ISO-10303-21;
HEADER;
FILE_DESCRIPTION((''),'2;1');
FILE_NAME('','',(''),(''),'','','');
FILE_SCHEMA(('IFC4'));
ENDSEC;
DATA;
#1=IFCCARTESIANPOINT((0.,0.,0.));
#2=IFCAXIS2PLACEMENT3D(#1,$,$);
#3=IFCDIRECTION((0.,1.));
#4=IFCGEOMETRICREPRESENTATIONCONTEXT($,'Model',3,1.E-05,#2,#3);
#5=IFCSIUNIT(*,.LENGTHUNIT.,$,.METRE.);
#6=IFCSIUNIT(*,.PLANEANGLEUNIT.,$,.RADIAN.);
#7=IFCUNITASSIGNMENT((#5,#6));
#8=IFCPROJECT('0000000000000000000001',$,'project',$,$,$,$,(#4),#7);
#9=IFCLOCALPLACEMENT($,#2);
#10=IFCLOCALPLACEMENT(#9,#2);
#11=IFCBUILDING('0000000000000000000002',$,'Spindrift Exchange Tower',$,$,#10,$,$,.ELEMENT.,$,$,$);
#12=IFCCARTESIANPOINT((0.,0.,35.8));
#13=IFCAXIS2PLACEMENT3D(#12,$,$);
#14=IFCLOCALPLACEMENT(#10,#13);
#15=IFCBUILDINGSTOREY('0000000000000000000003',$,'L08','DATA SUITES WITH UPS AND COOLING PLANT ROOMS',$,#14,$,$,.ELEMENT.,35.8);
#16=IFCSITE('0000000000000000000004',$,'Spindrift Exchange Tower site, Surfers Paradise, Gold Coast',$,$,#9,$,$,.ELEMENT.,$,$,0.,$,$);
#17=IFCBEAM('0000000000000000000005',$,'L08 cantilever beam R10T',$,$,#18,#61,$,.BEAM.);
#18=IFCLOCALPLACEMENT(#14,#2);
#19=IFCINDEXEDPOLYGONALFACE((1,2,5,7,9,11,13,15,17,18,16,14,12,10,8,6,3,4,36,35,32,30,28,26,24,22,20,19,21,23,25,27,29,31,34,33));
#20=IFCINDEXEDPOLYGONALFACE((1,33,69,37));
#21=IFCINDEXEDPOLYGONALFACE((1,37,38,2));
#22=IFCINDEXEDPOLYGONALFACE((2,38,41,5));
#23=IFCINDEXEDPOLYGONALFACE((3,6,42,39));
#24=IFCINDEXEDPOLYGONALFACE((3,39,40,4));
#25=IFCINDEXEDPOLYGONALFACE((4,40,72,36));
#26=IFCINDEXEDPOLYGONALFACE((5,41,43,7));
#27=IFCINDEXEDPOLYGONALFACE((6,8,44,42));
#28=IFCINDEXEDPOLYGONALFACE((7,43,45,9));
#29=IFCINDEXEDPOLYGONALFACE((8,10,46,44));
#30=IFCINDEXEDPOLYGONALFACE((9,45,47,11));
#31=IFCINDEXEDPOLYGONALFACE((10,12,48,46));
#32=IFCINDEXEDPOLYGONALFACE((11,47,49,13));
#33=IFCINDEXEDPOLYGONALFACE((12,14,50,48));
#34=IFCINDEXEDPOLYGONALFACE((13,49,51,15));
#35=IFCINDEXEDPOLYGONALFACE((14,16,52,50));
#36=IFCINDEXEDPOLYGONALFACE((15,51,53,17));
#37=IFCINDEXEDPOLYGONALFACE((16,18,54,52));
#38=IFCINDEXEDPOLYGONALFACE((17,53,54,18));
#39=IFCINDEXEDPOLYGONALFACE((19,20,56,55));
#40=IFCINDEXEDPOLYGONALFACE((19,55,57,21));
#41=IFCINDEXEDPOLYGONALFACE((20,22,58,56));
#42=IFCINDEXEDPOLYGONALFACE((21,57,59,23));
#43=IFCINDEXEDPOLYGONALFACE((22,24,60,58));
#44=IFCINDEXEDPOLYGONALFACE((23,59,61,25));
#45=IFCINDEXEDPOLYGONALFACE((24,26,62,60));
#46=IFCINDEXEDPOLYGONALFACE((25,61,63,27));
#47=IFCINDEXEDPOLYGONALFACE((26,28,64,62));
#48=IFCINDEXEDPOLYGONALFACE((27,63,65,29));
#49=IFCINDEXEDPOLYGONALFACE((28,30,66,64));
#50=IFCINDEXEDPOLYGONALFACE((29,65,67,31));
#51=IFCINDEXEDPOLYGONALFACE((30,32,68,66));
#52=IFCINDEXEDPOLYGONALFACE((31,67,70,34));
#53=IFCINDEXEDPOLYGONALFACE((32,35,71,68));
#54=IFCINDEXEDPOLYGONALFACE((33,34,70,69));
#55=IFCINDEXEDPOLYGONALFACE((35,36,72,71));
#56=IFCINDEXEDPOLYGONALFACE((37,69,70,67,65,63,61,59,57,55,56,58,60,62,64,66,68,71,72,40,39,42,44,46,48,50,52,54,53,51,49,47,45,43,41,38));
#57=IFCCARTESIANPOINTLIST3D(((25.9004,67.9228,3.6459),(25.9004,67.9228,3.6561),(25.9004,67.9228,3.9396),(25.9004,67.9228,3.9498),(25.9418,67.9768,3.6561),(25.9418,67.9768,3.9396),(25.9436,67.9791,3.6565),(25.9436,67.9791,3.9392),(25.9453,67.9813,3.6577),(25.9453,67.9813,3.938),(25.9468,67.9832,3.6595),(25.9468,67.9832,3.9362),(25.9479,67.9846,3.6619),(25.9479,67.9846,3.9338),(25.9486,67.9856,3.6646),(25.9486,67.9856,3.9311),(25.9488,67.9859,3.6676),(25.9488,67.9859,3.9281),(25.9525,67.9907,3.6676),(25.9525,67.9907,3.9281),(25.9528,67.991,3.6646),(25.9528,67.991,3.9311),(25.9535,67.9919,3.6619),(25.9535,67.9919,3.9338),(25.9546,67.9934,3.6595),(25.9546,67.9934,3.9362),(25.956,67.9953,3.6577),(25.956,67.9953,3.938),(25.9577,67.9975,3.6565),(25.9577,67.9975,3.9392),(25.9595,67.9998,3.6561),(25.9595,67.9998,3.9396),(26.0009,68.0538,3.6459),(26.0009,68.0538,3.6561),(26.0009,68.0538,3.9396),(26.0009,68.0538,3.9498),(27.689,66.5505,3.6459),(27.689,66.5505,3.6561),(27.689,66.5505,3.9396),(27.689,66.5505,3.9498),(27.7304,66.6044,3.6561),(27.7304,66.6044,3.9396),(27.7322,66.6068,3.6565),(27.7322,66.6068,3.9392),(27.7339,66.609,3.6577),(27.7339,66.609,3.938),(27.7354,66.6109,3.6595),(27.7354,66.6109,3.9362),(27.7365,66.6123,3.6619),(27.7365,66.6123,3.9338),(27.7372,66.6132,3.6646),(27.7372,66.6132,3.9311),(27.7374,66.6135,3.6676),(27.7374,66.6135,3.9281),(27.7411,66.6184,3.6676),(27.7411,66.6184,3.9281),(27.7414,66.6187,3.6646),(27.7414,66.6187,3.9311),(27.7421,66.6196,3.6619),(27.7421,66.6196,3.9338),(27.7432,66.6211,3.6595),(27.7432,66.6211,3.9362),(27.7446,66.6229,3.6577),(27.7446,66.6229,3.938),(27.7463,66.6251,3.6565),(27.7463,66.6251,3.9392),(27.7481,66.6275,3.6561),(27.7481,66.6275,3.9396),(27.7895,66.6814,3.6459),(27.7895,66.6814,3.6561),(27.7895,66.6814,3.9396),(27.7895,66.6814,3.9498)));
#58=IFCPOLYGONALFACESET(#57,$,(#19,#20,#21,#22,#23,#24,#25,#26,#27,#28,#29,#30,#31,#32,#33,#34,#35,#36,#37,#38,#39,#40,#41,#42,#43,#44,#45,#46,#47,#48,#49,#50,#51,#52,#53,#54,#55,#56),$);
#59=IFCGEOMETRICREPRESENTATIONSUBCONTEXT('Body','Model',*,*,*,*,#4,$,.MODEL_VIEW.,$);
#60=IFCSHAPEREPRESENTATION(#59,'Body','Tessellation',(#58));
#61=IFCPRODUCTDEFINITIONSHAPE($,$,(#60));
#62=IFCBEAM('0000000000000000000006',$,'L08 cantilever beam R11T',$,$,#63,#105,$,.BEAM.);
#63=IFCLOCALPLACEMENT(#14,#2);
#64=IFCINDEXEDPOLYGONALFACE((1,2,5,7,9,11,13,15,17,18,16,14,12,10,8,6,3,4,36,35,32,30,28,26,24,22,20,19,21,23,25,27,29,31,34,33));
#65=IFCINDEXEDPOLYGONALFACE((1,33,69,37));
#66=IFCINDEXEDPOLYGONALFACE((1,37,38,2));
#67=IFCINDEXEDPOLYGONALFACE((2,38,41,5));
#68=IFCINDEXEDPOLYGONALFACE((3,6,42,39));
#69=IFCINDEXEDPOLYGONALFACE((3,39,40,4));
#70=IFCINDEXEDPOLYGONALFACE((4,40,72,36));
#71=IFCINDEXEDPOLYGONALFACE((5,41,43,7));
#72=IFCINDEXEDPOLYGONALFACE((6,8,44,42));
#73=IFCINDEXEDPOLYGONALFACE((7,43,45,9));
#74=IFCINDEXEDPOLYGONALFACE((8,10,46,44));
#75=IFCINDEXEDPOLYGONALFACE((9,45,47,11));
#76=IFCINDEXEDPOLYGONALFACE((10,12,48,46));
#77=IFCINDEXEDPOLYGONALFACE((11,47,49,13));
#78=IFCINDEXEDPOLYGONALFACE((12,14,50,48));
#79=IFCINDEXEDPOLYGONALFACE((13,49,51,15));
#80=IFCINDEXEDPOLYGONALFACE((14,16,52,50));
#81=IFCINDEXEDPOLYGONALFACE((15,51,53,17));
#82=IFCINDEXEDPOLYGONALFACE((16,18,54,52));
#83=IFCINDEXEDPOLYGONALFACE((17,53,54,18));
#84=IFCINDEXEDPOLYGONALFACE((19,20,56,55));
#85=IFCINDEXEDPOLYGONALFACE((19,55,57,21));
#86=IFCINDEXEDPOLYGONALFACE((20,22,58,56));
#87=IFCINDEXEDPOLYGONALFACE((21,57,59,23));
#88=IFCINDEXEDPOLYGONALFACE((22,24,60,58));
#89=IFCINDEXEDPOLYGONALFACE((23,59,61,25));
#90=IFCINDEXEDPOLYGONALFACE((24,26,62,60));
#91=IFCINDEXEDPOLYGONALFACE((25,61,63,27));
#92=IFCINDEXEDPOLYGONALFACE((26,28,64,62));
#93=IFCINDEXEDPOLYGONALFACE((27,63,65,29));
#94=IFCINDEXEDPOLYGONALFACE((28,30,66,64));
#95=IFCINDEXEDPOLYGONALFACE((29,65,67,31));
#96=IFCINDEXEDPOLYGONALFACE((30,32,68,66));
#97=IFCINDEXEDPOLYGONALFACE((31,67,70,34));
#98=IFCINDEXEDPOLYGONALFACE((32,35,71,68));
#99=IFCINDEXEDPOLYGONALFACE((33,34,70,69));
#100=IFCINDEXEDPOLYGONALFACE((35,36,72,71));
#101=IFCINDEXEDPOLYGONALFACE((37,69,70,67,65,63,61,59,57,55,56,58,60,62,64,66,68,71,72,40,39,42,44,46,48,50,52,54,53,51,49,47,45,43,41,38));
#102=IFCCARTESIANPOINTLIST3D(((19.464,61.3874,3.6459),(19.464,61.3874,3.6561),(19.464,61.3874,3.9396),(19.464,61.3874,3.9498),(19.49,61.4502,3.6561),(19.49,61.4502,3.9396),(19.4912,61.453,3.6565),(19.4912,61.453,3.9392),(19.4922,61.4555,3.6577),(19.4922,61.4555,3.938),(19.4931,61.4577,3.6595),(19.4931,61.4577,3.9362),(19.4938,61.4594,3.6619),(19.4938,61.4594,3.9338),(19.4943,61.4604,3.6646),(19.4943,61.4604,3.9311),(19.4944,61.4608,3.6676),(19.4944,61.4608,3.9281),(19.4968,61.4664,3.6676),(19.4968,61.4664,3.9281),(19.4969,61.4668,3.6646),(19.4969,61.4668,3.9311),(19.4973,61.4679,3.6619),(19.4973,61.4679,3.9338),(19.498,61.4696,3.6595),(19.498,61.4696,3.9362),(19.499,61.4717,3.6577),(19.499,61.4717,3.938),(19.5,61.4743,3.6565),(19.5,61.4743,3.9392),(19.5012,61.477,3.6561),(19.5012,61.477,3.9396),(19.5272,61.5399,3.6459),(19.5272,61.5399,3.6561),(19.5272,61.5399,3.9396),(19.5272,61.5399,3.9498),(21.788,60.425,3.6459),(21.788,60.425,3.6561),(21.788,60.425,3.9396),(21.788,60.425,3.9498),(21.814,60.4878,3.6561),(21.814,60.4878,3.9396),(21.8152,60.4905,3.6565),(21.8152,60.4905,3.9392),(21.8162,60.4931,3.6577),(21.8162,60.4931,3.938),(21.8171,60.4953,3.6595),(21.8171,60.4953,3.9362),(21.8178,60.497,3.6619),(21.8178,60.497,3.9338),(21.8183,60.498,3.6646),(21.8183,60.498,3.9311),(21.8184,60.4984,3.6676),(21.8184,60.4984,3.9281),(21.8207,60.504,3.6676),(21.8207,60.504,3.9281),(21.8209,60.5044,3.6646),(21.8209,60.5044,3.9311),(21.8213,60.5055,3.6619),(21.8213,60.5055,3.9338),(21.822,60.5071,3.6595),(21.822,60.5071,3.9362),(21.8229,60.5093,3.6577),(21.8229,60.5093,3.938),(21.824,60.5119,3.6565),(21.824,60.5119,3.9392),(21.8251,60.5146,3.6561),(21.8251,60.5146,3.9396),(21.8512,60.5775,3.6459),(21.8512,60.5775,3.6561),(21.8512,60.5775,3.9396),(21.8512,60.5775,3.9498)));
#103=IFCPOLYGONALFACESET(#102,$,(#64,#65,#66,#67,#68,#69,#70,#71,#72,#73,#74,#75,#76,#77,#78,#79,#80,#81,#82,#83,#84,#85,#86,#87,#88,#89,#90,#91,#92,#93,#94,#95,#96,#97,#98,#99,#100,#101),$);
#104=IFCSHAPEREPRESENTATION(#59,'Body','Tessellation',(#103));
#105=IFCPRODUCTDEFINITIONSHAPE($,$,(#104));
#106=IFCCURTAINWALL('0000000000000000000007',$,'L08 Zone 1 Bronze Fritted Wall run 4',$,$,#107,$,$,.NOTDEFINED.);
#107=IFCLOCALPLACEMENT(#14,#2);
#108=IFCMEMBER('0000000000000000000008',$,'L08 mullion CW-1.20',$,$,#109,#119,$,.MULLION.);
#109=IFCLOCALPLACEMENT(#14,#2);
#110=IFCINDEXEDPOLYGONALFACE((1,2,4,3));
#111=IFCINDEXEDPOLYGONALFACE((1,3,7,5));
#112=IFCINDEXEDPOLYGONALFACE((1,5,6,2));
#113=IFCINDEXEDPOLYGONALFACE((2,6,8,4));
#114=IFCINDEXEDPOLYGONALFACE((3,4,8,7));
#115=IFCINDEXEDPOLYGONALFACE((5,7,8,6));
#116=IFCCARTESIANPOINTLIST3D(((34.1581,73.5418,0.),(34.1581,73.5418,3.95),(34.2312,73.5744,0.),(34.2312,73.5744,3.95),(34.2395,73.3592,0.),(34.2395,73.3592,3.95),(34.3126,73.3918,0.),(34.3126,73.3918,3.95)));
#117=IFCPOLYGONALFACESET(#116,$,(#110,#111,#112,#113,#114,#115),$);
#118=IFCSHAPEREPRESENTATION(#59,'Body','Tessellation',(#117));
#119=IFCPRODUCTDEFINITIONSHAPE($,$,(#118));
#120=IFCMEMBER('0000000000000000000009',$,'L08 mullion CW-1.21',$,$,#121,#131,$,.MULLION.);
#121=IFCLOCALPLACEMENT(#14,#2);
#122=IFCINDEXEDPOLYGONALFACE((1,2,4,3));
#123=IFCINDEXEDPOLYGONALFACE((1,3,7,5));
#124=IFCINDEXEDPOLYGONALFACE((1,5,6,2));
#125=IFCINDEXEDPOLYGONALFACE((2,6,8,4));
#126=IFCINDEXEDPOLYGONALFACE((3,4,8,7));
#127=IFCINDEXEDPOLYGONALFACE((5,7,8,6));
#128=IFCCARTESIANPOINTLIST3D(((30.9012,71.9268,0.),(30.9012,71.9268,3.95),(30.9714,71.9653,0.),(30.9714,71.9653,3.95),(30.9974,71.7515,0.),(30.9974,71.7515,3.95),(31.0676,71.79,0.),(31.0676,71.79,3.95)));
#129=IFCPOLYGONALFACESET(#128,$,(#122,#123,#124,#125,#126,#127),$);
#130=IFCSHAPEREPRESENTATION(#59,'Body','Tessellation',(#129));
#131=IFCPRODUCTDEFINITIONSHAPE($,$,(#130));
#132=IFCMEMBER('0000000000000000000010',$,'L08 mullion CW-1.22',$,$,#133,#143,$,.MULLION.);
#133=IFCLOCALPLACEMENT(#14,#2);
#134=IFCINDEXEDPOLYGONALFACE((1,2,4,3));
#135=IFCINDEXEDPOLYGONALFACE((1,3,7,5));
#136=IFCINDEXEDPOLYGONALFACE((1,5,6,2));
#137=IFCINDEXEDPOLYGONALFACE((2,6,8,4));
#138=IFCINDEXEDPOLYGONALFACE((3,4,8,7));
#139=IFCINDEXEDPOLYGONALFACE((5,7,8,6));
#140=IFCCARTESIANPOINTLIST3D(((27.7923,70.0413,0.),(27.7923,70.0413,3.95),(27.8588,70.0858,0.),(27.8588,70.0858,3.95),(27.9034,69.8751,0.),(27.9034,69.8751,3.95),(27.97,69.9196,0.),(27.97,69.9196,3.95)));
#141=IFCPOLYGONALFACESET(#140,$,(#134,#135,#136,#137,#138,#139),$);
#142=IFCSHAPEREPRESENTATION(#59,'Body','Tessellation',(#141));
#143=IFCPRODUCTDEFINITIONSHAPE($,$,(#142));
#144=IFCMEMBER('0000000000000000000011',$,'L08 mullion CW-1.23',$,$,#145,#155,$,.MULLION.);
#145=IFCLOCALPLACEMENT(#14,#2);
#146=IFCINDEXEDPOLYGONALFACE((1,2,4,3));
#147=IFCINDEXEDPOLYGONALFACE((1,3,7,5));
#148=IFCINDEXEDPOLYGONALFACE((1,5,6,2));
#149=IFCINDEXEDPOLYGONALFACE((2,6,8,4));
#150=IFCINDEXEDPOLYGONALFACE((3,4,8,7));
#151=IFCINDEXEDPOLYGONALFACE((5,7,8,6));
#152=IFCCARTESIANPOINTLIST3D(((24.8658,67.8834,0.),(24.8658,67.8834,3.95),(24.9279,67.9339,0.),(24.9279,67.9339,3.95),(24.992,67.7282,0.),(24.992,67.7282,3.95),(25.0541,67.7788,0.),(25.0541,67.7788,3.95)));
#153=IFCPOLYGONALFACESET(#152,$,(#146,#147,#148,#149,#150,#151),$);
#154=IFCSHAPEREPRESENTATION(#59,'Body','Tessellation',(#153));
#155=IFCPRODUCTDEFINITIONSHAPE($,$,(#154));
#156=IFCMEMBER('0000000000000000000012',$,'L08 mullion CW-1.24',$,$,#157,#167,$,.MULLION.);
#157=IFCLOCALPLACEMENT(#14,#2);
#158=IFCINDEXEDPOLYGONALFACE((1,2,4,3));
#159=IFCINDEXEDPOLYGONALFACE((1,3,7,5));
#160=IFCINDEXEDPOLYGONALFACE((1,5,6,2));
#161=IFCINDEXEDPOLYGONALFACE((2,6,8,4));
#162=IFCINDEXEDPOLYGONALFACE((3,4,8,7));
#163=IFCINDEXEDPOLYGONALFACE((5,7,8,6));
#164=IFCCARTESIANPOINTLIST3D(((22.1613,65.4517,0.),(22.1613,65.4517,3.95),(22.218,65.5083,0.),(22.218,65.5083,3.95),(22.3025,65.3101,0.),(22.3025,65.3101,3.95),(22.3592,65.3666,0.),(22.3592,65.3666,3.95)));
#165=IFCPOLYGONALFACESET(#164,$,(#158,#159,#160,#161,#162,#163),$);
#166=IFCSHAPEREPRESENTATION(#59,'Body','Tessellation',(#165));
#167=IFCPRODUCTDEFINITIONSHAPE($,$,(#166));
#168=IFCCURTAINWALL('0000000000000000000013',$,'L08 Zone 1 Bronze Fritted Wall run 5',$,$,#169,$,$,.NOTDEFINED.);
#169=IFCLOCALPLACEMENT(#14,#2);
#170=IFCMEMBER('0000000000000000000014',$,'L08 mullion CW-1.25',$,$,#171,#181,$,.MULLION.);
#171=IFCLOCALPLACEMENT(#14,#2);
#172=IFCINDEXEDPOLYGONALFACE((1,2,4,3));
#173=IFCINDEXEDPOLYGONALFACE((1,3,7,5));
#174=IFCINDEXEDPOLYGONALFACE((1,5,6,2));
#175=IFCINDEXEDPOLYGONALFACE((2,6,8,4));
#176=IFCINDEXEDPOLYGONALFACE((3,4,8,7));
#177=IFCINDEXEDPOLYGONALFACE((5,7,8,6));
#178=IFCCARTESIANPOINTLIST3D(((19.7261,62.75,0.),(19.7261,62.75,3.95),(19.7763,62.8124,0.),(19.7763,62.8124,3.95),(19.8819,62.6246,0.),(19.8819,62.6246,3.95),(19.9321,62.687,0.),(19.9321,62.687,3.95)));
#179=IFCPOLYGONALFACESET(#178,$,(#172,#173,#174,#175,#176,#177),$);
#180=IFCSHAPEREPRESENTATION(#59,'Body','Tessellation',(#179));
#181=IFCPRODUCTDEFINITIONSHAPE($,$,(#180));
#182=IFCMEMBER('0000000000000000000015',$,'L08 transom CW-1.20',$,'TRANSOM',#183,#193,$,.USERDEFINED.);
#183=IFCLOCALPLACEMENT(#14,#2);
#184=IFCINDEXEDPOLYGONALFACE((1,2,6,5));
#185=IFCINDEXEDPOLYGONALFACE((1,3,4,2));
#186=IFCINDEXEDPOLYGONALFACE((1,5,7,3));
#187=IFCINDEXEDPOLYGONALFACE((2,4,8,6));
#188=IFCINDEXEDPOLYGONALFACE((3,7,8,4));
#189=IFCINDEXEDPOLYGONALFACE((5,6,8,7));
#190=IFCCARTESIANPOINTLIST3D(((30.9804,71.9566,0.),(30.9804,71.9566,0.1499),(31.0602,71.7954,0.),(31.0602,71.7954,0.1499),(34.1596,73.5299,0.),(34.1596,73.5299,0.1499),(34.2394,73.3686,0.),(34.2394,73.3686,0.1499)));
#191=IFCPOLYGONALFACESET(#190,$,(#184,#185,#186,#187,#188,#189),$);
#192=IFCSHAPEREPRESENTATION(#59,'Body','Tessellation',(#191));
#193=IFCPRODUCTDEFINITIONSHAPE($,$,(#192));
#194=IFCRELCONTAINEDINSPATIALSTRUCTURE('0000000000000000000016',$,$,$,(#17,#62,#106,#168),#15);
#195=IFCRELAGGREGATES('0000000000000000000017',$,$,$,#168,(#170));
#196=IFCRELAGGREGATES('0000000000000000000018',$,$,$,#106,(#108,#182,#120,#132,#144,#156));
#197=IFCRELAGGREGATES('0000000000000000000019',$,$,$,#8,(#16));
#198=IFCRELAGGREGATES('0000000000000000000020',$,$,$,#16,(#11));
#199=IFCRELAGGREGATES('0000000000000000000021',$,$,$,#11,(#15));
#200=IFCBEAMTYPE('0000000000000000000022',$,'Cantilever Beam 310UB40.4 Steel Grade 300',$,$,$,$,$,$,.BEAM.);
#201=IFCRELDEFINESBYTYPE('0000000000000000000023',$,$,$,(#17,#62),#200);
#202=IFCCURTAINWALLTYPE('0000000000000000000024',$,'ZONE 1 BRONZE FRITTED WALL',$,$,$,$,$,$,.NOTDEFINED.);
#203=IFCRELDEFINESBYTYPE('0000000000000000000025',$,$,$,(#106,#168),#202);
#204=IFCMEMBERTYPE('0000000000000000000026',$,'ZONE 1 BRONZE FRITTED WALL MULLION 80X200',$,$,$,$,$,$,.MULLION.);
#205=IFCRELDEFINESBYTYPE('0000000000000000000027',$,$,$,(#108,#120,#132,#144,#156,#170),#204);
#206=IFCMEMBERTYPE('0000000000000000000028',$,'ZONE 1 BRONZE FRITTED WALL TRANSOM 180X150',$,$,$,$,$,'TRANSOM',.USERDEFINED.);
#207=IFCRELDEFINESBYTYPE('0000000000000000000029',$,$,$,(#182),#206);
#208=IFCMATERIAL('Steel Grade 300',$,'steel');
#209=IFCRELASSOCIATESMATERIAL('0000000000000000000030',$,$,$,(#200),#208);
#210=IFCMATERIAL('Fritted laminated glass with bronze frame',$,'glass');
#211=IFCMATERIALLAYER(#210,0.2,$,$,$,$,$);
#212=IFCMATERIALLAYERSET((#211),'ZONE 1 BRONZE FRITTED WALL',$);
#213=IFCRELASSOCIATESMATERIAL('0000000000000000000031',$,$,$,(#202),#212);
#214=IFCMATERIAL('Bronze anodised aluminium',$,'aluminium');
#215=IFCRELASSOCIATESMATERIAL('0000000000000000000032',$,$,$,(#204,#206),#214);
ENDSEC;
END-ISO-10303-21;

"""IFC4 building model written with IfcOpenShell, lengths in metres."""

from ifc_helpers import new_model, si_unit, direction, frame, origin, origin_2d, place, context, subcontext, project, spatial, rectangle, i_section, extrude, source, transform, mapped, material, layer, layer_set, material_profile, profile_set, type_object, element, aggregate, save


model = new_model("IFC4")

# Units and contexts
model_context = context("Model", 3, precision=1e-05, world=origin(), true_north=direction((0.0, 1.0)))
body_context = subcontext(model_context, "Body", "Model", "MODEL_VIEW")
ifc_project = project(units=[si_unit("LENGTHUNIT", "METRE"), si_unit("PLANEANGLEUNIT", "RADIAN")], contexts=[model_context])

# Site, building, storey
site_placement = place(None, origin())
site = spatial("IfcSite", under=ifc_project, at=site_placement, Name="Spindrift Exchange Tower site, Surfers Paradise, Gold Coast", CompositionType="ELEMENT", RefElevation=0.0)
building_placement = place(site_placement, origin())
building = spatial("IfcBuilding", under=site, at=building_placement, Name="Spindrift Exchange Tower", CompositionType="ELEMENT")
storey_placement = place(building_placement, frame((0.0, 0.0, 35.8)))
storey = spatial("IfcBuildingStorey", under=building, at=storey_placement, Name="L08", Description="DATA SUITES WITH UPS AND COOLING PLANT ROOMS", CompositionType="ELEMENT", Elevation=35.8)

# Beams
ifc_material_1 = material(Name="Steel Grade 300", Category="steel")
ifc_material_profile_1 = material_profile(ifc_material_1, i_section(OverallWidth=0.165, OverallDepth=0.304, WebThickness=0.0061, FlangeThickness=0.0103, FilletRadius=0.0115, at=origin_2d()), Name="310UB40.4")
ifc_profile_set_1 = profile_set([ifc_material_profile_1], Name="Steel Grade 300")
beam_type_1 = type_object("IfcBeamType", Name="Cantilever Beam 310UB40.4 Steel Grade 300", PredefinedType="BEAM", material=ifc_profile_set_1)
shared_shape_1 = source(origin(), body_context, "Body", "SweptSolid", [
    extrude(i_section(OverallWidth=0.165, OverallDepth=0.304, WebThickness=0.0061, FlangeThickness=0.0103, FilletRadius=0.0115, at=origin_2d()), origin(), (0.0, 0.0, 1.0), 2.2544),
])
beam_1_placement = place(storey_placement, frame((27.7393, 66.616, 3.7979), z_axis=(-0.793376, 0.608732, 0.0), x_axis=(-0.608732, -0.793376, 0.0)))
element("IfcBeam", 1, at=beam_1_placement, inside=storey, type_object=beam_type_1, Name="L08 cantilever beam R10T", PredefinedType="BEAM", context=body_context, shape_type="MappedRepresentation", body=[
    mapped(shared_shape_1, transform((0.0, 0.0, 0.0), scale=1.0)),
])
shared_shape_2 = source(origin(), body_context, "Body", "SweptSolid", [
    extrude(i_section(OverallWidth=0.165, OverallDepth=0.304, WebThickness=0.0061, FlangeThickness=0.0103, FilletRadius=0.0115, at=origin_2d()), origin(), (0.0, 0.0, 1.0), 2.5154),
])
beam_2_placement = place(storey_placement, frame((21.8196, 60.5012, 3.7979), z_axis=(-0.92391, 0.382609, 0.0), x_axis=(-0.382609, -0.92391, 0.0)))
element("IfcBeam", 2, at=beam_2_placement, inside=storey, type_object=beam_type_1, Name="L08 cantilever beam R11T", PredefinedType="BEAM", context=body_context, shape_type="MappedRepresentation", body=[
    mapped(shared_shape_2, transform((0.0, 0.0, 0.0), scale=1.0)),
])

# Curtain wall, members
ifc_material_2 = material(Name="Fritted laminated glass with bronze frame", Category="glass")
ifc_layer_1 = layer(ifc_material_2, 0.2)
ifc_layer_set_1 = layer_set([ifc_layer_1], Name="ZONE 1 BRONZE FRITTED WALL")
curtain_wall_type = type_object("IfcCurtainWallType", Name="ZONE 1 BRONZE FRITTED WALL", PredefinedType="NOTDEFINED", material=ifc_layer_set_1)
curtain_wall_1_placement = place(storey_placement, origin())
curtain_wall_1 = element("IfcCurtainWall", 3, at=curtain_wall_1_placement, inside=storey, type_object=curtain_wall_type, Name="L08 Zone 1 Bronze Fritted Wall run 4", PredefinedType="NOTDEFINED")
ifc_material_3 = material(Name="Bronze anodised aluminium", Category="aluminium")
ifc_material_profile_2 = material_profile(ifc_material_3, rectangle(XDim=0.0801, YDim=0.2, at=origin_2d()), Name="ZONE 1 BRONZE FRITTED WALL MULLION 80X200")
ifc_profile_set_2 = profile_set([ifc_material_profile_2], Name="Bronze anodised aluminium")
member_type_1 = type_object("IfcMemberType", Name="ZONE 1 BRONZE FRITTED WALL MULLION 80X200", PredefinedType="MULLION", material=ifc_profile_set_2)
shared_shape_3 = source(origin(), body_context, "Body", "SweptSolid", [
    extrude(rectangle(XDim=0.0801, YDim=0.2, at=origin_2d()), origin(), (0.0, 0.0, 1.0), 3.95),
])
member_1_placement = place(storey_placement, frame((34.2354, 73.4668, 0.0), z_axis=(0.0, 0.0, 1.0), x_axis=(-0.913385, -0.407097, 0.0)))
member_1 = element("IfcMember", 4, at=member_1_placement, type_object=member_type_1, Name="L08 mullion CW-1.20", PredefinedType="MULLION", context=body_context, shape_type="MappedRepresentation", body=[
    mapped(shared_shape_3, transform((0.0, 0.0, 0.0), scale=1.0)),
])
member_2_placement = place(storey_placement, frame((30.9844, 71.8584, 0.0), z_axis=(0.0, 0.0, 1.0), x_axis=(-0.876702, -0.481034, 0.0)))
member_2 = element("IfcMember", 5, at=member_2_placement, type_object=member_type_1, Name="L08 mullion CW-1.21", PredefinedType="MULLION", context=body_context, shape_type="MappedRepresentation", body=[
    mapped(shared_shape_3, transform((0.0, 0.0, 0.0), scale=1.0)),
])
member_3_placement = place(storey_placement, frame((27.8811, 69.9805, 0.0), z_axis=(0.0, 0.0, 1.0), x_axis=(-0.831346, -0.555755, 0.0)))
member_3 = element("IfcMember", 6, at=member_3_placement, type_object=member_type_1, Name="L08 mullion CW-1.22", PredefinedType="MULLION", context=body_context, shape_type="MappedRepresentation", body=[
    mapped(shared_shape_3, transform((0.0, 0.0, 0.0), scale=1.0)),
])
member_4_placement = place(storey_placement, frame((24.96, 67.8311, 0.0), z_axis=(0.0, 0.0, 1.0), x_axis=(-0.775834, -0.630938, 0.0)))
member_4 = element("IfcMember", 7, at=member_4_placement, type_object=member_type_1, Name="L08 mullion CW-1.23", PredefinedType="MULLION", context=body_context, shape_type="MappedRepresentation", body=[
    mapped(shared_shape_3, transform((0.0, 0.0, 0.0), scale=1.0)),
])
member_5_placement = place(storey_placement, frame((22.2603, 65.4092, 0.0), z_axis=(0.0, 0.0, 1.0), x_axis=(-0.708354, -0.705858, 0.0)))
member_5 = element("IfcMember", 8, at=member_5_placement, type_object=member_type_1, Name="L08 mullion CW-1.24", PredefinedType="MULLION", context=body_context, shape_type="MappedRepresentation", body=[
    mapped(shared_shape_3, transform((0.0, 0.0, 0.0), scale=1.0)),
])

# Curtain wall, member
curtain_wall_2_placement = place(storey_placement, origin())
curtain_wall_2 = element("IfcCurtainWall", 9, at=curtain_wall_2_placement, inside=storey, type_object=curtain_wall_type, Name="L08 Zone 1 Bronze Fritted Wall run 5", PredefinedType="NOTDEFINED")
member_6_placement = place(storey_placement, frame((19.8291, 62.7185, 0.0), z_axis=(0.0, 0.0, 1.0), x_axis=(-0.626907, -0.779094, 0.0)))
member_6 = element("IfcMember", 10, at=member_6_placement, type_object=member_type_1, Name="L08 mullion CW-1.25", PredefinedType="MULLION", context=body_context, shape_type="MappedRepresentation", body=[
    mapped(shared_shape_3, transform((0.0, 0.0, 0.0), scale=1.0)),
])

# Member
ifc_material_profile_3 = material_profile(ifc_material_3, rectangle(XDim=0.1799, YDim=0.1499, at=origin_2d()), Name="ZONE 1 BRONZE FRITTED WALL TRANSOM 180X150")
ifc_profile_set_3 = profile_set([ifc_material_profile_3], Name="Bronze anodised aluminium")
member_type_2 = type_object("IfcMemberType", Name="ZONE 1 BRONZE FRITTED WALL TRANSOM 180X150", ElementType="TRANSOM", PredefinedType="USERDEFINED", material=ifc_profile_set_3)
shared_shape_4 = source(origin(), body_context, "Body", "SweptSolid", [
    extrude(rectangle(XDim=0.1799, YDim=0.1499, at=origin_2d()), origin(), (0.0, 0.0, 1.0), 3.5471),
])
member_7_placement = place(storey_placement, frame((34.1995, 73.4492, 0.075), z_axis=(-0.896264, -0.443521, 0.0), x_axis=(0.443521, -0.896264, 0.0)))
member_7 = element("IfcMember", 11, at=member_7_placement, type_object=member_type_2, Name="L08 transom CW-1.20", ObjectType="TRANSOM", PredefinedType="USERDEFINED", context=body_context, shape_type="MappedRepresentation", body=[
    mapped(shared_shape_4, transform((0.0, 0.0, 0.0), scale=1.0)),
])

aggregate(curtain_wall_2, [member_6])
aggregate(curtain_wall_1, [member_1, member_7, member_2, member_3, member_4, member_5])

save(model, "model.ifc")
